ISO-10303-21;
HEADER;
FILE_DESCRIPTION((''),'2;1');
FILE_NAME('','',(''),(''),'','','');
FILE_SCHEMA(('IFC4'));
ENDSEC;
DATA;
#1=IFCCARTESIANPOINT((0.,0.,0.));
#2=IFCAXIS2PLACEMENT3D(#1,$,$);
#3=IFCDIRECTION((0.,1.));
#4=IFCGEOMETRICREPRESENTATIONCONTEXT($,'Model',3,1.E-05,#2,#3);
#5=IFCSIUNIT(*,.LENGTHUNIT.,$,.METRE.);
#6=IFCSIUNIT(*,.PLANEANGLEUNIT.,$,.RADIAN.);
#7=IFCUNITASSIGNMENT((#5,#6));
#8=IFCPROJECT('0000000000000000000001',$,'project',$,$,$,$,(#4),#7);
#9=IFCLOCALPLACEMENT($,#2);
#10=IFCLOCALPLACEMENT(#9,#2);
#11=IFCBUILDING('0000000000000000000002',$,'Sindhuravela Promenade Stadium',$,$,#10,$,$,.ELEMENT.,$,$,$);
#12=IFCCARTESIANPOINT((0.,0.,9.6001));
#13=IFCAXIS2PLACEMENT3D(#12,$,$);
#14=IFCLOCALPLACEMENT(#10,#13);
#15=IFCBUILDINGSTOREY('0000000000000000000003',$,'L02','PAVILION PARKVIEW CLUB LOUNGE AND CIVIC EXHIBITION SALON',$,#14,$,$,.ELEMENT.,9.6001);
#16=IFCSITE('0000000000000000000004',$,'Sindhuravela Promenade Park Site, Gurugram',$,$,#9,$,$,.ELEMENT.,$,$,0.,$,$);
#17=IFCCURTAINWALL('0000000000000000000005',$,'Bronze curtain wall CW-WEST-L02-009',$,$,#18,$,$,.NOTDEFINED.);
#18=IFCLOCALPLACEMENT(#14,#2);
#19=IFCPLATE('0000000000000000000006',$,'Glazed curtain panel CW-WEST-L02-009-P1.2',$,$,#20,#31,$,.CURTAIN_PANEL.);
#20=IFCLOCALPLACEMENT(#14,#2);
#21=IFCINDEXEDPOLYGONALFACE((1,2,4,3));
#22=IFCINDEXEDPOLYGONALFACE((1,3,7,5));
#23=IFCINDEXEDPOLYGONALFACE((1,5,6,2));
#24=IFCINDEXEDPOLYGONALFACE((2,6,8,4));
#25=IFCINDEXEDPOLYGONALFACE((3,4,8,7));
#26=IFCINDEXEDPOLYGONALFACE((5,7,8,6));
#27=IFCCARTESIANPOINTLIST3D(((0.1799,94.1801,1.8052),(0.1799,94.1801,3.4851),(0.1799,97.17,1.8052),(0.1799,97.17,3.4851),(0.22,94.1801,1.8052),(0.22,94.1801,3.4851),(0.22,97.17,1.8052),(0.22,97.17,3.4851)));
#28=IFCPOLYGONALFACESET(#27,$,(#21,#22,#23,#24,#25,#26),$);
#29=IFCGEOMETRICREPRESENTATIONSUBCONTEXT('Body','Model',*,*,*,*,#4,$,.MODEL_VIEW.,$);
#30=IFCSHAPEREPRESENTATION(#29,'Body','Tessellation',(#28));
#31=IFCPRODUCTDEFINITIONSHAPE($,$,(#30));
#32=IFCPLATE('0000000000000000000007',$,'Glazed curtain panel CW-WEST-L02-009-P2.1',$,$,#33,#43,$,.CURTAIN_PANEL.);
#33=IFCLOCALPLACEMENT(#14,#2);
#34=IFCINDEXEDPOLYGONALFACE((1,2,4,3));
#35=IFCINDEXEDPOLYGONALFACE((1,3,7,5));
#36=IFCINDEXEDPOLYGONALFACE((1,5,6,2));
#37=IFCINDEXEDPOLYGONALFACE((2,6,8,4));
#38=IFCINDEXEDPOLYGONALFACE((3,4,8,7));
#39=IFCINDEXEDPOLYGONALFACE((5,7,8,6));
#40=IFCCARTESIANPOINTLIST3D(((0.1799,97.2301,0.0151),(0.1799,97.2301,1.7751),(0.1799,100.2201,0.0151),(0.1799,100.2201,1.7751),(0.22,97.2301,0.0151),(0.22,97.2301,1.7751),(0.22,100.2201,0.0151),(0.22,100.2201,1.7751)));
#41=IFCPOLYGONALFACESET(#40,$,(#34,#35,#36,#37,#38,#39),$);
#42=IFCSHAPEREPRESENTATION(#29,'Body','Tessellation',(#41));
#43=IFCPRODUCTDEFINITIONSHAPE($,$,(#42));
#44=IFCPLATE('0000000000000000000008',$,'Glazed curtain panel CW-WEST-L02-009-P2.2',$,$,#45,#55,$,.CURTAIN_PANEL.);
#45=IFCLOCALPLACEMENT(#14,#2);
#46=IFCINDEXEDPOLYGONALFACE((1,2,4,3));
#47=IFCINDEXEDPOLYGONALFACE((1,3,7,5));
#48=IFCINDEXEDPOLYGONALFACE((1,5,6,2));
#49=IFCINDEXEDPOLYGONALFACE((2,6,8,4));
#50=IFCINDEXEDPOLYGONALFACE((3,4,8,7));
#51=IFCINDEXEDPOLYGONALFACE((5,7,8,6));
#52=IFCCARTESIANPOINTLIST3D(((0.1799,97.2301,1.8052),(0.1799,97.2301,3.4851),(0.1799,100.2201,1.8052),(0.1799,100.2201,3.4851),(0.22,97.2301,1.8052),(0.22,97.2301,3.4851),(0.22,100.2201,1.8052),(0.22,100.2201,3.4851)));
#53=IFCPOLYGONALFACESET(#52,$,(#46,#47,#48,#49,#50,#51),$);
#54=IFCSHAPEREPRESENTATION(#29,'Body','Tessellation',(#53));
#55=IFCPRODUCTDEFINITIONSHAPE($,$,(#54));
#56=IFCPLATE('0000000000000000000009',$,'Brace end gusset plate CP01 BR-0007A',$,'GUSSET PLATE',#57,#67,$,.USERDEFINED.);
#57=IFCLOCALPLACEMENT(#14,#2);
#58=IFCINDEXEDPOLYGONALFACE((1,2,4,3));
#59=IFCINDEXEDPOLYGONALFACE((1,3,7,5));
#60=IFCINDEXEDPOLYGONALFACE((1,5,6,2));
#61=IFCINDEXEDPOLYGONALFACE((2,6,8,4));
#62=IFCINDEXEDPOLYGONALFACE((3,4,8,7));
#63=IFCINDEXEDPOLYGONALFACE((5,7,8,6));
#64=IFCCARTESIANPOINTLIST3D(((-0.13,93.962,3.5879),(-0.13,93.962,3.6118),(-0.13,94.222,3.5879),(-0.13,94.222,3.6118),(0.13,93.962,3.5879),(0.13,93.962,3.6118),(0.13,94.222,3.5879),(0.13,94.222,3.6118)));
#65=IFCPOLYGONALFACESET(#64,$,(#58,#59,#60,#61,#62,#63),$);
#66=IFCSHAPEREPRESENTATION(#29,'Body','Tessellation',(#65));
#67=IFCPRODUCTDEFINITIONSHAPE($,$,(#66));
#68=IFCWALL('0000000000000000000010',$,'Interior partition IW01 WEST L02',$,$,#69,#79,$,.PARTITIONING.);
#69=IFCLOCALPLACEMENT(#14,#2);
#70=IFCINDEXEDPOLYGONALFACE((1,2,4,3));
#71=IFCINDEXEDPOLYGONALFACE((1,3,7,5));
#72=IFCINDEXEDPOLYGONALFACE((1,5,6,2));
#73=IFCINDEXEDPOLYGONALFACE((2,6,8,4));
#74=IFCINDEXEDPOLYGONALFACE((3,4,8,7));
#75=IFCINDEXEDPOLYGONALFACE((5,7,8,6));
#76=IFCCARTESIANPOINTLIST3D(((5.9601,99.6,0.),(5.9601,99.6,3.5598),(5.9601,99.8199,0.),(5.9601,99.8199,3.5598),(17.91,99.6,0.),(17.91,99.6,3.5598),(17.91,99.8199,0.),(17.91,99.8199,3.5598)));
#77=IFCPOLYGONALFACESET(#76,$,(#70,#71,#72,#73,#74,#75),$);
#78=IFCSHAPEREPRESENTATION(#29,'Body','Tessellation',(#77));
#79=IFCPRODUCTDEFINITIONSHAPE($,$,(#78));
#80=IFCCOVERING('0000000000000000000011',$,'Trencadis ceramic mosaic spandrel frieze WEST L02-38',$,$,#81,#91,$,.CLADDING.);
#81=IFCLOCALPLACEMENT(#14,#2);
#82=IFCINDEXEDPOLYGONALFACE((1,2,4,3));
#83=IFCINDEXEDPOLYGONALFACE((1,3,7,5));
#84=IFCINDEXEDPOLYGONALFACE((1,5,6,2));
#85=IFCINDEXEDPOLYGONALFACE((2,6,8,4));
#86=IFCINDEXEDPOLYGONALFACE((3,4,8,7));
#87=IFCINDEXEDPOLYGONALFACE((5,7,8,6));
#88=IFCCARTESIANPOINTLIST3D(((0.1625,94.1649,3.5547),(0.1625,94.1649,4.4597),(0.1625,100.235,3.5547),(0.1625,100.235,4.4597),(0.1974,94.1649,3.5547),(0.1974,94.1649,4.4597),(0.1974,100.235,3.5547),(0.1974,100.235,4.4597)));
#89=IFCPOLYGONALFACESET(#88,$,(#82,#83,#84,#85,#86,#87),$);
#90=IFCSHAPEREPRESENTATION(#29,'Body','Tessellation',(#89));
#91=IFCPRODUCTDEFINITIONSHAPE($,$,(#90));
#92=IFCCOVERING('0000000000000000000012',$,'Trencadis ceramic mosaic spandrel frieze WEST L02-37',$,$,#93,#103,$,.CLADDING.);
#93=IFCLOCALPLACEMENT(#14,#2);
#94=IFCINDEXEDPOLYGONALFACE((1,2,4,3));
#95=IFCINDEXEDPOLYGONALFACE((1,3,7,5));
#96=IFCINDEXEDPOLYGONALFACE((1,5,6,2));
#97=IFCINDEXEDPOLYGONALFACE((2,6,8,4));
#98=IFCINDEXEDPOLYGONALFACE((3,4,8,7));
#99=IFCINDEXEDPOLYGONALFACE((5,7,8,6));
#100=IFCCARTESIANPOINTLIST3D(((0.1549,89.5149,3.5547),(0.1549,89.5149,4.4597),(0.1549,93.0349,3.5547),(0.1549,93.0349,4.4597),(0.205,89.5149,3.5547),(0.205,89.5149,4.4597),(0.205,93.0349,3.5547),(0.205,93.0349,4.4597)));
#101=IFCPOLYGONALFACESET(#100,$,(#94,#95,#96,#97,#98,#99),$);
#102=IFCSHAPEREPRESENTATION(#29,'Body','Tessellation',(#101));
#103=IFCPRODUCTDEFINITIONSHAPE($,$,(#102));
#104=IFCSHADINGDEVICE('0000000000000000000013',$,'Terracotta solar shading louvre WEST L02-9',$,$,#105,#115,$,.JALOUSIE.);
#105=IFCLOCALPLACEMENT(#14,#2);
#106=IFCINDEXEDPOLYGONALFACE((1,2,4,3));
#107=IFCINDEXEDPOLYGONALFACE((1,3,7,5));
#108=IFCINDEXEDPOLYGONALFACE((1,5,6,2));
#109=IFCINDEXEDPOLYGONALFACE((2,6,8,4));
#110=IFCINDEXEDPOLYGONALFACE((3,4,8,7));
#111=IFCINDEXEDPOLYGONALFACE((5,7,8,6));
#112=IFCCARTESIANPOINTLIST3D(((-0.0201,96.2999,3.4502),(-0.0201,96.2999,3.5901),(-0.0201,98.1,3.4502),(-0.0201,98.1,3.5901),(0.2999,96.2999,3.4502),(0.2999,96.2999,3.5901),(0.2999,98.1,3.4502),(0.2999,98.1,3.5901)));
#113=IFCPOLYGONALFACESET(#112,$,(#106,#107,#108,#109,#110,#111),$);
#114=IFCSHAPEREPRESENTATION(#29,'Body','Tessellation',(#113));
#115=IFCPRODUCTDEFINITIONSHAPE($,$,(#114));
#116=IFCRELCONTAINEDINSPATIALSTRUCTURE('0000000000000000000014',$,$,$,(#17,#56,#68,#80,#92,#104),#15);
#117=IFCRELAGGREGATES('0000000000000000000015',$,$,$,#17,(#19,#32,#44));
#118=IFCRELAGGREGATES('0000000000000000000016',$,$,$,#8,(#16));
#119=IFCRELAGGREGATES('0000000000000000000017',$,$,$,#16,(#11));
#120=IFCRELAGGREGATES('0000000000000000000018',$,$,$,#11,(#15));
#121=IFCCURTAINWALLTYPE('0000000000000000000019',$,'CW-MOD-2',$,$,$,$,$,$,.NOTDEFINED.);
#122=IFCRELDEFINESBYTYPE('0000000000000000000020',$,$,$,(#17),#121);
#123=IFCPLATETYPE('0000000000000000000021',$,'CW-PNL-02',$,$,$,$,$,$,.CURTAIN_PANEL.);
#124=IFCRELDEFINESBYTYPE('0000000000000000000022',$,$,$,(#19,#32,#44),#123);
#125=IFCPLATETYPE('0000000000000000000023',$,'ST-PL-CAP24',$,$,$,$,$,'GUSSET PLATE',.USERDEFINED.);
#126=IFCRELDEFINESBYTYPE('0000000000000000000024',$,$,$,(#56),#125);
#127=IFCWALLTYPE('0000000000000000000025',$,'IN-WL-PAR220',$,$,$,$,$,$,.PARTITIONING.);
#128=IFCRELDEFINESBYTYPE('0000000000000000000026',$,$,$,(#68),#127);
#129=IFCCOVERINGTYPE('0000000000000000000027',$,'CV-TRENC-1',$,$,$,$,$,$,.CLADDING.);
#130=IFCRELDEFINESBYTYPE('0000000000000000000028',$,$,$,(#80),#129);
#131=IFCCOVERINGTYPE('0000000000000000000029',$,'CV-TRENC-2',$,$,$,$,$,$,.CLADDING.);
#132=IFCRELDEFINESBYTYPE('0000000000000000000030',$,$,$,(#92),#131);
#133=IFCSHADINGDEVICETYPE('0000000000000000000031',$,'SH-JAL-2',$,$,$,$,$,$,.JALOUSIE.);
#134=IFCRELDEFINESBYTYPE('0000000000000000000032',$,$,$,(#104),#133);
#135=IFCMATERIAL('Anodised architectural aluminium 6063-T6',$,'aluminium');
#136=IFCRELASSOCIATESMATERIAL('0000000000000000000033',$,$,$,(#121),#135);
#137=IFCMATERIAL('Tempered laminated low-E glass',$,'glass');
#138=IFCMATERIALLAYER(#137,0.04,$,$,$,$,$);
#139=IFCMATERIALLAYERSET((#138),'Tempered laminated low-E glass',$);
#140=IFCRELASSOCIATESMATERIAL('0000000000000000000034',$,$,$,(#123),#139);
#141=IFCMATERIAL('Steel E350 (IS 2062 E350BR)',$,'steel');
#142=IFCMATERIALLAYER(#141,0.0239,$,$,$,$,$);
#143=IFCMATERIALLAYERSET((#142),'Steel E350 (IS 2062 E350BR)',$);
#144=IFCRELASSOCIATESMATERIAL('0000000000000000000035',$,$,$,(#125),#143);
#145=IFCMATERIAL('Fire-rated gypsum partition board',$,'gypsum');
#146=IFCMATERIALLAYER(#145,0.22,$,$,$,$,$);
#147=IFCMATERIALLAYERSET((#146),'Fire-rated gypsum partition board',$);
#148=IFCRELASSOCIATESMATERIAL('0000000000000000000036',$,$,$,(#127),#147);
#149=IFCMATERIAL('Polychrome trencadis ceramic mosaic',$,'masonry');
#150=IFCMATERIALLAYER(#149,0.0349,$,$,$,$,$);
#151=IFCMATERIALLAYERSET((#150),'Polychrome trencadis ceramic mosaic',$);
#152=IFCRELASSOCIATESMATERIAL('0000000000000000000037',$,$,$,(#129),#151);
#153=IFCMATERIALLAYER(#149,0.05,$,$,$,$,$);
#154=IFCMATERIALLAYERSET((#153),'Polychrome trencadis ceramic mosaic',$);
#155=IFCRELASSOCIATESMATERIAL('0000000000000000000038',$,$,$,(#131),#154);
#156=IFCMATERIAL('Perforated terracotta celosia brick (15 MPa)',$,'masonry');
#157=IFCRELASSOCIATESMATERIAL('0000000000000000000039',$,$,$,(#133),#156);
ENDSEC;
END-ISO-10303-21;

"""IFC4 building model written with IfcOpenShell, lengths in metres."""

from ifc_helpers import new_model, si_unit, direction, frame, frame_2d, origin, origin_2d, place, context, subcontext, project, spatial, rectangle, extrude, material, layer, layer_set, type_object, element, aggregate, save


model = new_model("IFC4")

# Units and contexts
model_context = context("Model", 3, precision=1e-05, world=origin(), true_north=direction((0.0, 1.0)))
body_context = subcontext(model_context, "Body", "Model", "MODEL_VIEW")
ifc_project = project(units=[si_unit("LENGTHUNIT", "METRE"), si_unit("PLANEANGLEUNIT", "RADIAN")], contexts=[model_context])

# Site, building, storey
site_placement = place(None, origin())
site = spatial("IfcSite", under=ifc_project, at=site_placement, Name="Sindhuravela Promenade Park Site, Gurugram", CompositionType="ELEMENT", RefElevation=0.0)
building_placement = place(site_placement, origin())
building = spatial("IfcBuilding", under=site, at=building_placement, Name="Sindhuravela Promenade Stadium", CompositionType="ELEMENT")
storey_placement = place(building_placement, frame((0.0, 0.0, 9.6001)))
storey = spatial("IfcBuildingStorey", under=building, at=storey_placement, Name="L02", Description="PAVILION PARKVIEW CLUB LOUNGE AND CIVIC EXHIBITION SALON", CompositionType="ELEMENT", Elevation=9.6001)

# Curtain wall
ifc_material_1 = material(Name="Anodised architectural aluminium 6063-T6", Category="aluminium")
curtain_wall_type = type_object("IfcCurtainWallType", Name="CW-MOD-2", PredefinedType="NOTDEFINED", material=ifc_material_1)
curtain_wall_placement = place(storey_placement, origin())
curtain_wall = element("IfcCurtainWall", 1, at=curtain_wall_placement, inside=storey, type_object=curtain_wall_type, Name="Bronze curtain wall CW-WEST-L02-009", PredefinedType="NOTDEFINED")

# Shared definitions
ifc_material_2 = material(Name="Steel E350 (IS 2062 E350BR)", Category="steel")

# Plates
ifc_material_3 = material(Name="Tempered laminated low-E glass", Category="glass")
ifc_layer_1 = layer(ifc_material_3, 0.04)
ifc_layer_set_1 = layer_set([ifc_layer_1], Name="Tempered laminated low-E glass")
plate_type_1 = type_object("IfcPlateType", Name="CW-PNL-02", PredefinedType="CURTAIN_PANEL", material=ifc_layer_set_1)
plate_1_placement = place(storey_placement, frame((0.2, 95.675, 1.8052), z_axis=(0.0, 0.0, 1.0), x_axis=(0.0, 1.0, 0.0)))
plate_1 = element("IfcPlate", 2, at=plate_1_placement, type_object=plate_type_1, Name="Glazed curtain panel CW-WEST-L02-009-P1.2", PredefinedType="CURTAIN_PANEL", context=body_context, shape_type="SweptSolid", body=[
    extrude(rectangle(XDim=2.99, YDim=0.04, at=origin_2d()), origin(), (0.0, 0.0, 1.0), 1.6799),
])
plate_2_placement = place(storey_placement, frame((0.2, 98.7251, 0.0151), z_axis=(0.0, 0.0, 1.0), x_axis=(0.0, 1.0, 0.0)))
plate_2 = element("IfcPlate", 3, at=plate_2_placement, type_object=plate_type_1, Name="Glazed curtain panel CW-WEST-L02-009-P2.1", PredefinedType="CURTAIN_PANEL", context=body_context, shape_type="SweptSolid", body=[
    extrude(rectangle(XDim=2.99, YDim=0.04, at=origin_2d()), origin(), (0.0, 0.0, 1.0), 1.76),
])
plate_3_placement = place(storey_placement, frame((0.2, 98.7251, 1.8052), z_axis=(0.0, 0.0, 1.0), x_axis=(0.0, 1.0, 0.0)))
plate_3 = element("IfcPlate", 4, at=plate_3_placement, type_object=plate_type_1, Name="Glazed curtain panel CW-WEST-L02-009-P2.2", PredefinedType="CURTAIN_PANEL", context=body_context, shape_type="SweptSolid", body=[
    extrude(rectangle(XDim=2.99, YDim=0.04, at=origin_2d()), origin(), (0.0, 0.0, 1.0), 1.6799),
])
aggregate(curtain_wall, [plate_1, plate_2, plate_3])
ifc_layer_2 = layer(ifc_material_2, 0.0239)
ifc_layer_set_2 = layer_set([ifc_layer_2], Name="Steel E350 (IS 2062 E350BR)")
plate_type_2 = type_object("IfcPlateType", Name="ST-PL-CAP24", ElementType="GUSSET PLATE", PredefinedType="USERDEFINED", material=ifc_layer_set_2)
plate_4_placement = place(storey_placement, frame((0.0, 94.092, 3.5879), z_axis=(0.0, 0.0, 1.0), x_axis=(1.0, 0.0, 0.0)))
element("IfcPlate", 5, at=plate_4_placement, inside=storey, type_object=plate_type_2, Name="Brace end gusset plate CP01 BR-0007A", ObjectType="GUSSET PLATE", PredefinedType="USERDEFINED", context=body_context, shape_type="SweptSolid", body=[
    extrude(rectangle(XDim=0.26, YDim=0.26, at=origin_2d()), origin(), (0.0, 0.0, 1.0), 0.0239),
])

# Wall
ifc_material_4 = material(Name="Fire-rated gypsum partition board", Category="gypsum")
ifc_layer_3 = layer(ifc_material_4, 0.22)
ifc_layer_set_3 = layer_set([ifc_layer_3], Name="Fire-rated gypsum partition board")
wall_type = type_object("IfcWallType", Name="IN-WL-PAR220", PredefinedType="PARTITIONING", material=ifc_layer_set_3)
wall_placement = place(storey_placement, frame((5.96, 99.71, 0.0), z_axis=(0.0, 0.0, 1.0), x_axis=(1.0, 0.0, 0.0)))
element("IfcWall", 6, at=wall_placement, inside=storey, type_object=wall_type, Name="Interior partition IW01 WEST L02", PredefinedType="PARTITIONING", context=body_context, shape_type="SweptSolid", body=[
    extrude(rectangle(XDim=11.95, YDim=0.22, at=frame_2d((5.9751, 0.0))), origin(), (0.0, 0.0, 1.0), 3.5598),
])

# Coverings
ifc_material_5 = material(Name="Polychrome trencadis ceramic mosaic", Category="masonry")
ifc_layer_4 = layer(ifc_material_5, 0.0349)
ifc_layer_set_4 = layer_set([ifc_layer_4], Name="Polychrome trencadis ceramic mosaic")
covering_type_1 = type_object("IfcCoveringType", Name="CV-TRENC-1", PredefinedType="CLADDING", material=ifc_layer_set_4)
covering_1_placement = place(storey_placement, frame((0.1799, 97.2, 3.5547), z_axis=(0.0, 0.0, 1.0), x_axis=(0.0, 1.0, 0.0)))
element("IfcCovering", 7, at=covering_1_placement, inside=storey, type_object=covering_type_1, Name="Trencadis ceramic mosaic spandrel frieze WEST L02-38", PredefinedType="CLADDING", context=body_context, shape_type="SweptSolid", body=[
    extrude(rectangle(XDim=6.0701, YDim=0.0349, at=origin_2d()), origin(), (0.0, 0.0, 1.0), 0.905),
])
ifc_layer_5 = layer(ifc_material_5, 0.05)
ifc_layer_set_5 = layer_set([ifc_layer_5], Name="Polychrome trencadis ceramic mosaic")
covering_type_2 = type_object("IfcCoveringType", Name="CV-TRENC-2", PredefinedType="CLADDING", material=ifc_layer_set_5)
covering_2_placement = place(storey_placement, frame((0.1799, 91.2749, 3.5547), z_axis=(0.0, 0.0, 1.0), x_axis=(0.0, 1.0, 0.0)))
element("IfcCovering", 8, at=covering_2_placement, inside=storey, type_object=covering_type_2, Name="Trencadis ceramic mosaic spandrel frieze WEST L02-37", PredefinedType="CLADDING", context=body_context, shape_type="SweptSolid", body=[
    extrude(rectangle(XDim=3.52, YDim=0.05, at=origin_2d()), origin(), (0.0, 0.0, 1.0), 0.905),
])

# Shading device
ifc_material_6 = material(Name="Perforated terracotta celosia brick (15 MPa)", Category="masonry")
shading_device_type = type_object("IfcShadingDeviceType", Name="SH-JAL-2", PredefinedType="JALOUSIE", material=ifc_material_6)
shading_device_placement = place(storey_placement, frame((0.1399, 97.2, 3.4502), z_axis=(0.0, 0.0, 1.0), x_axis=(0.0, 1.0, 0.0)))
element("IfcShadingDevice", 9, at=shading_device_placement, inside=storey, type_object=shading_device_type, Name="Terracotta solar shading louvre WEST L02-9", PredefinedType="JALOUSIE", context=body_context, shape_type="SweptSolid", body=[
    extrude(rectangle(XDim=1.8, YDim=0.3201, at=origin_2d()), origin(), (0.0, 0.0, 1.0), 0.1399),
])

save(model, "model.ifc")
